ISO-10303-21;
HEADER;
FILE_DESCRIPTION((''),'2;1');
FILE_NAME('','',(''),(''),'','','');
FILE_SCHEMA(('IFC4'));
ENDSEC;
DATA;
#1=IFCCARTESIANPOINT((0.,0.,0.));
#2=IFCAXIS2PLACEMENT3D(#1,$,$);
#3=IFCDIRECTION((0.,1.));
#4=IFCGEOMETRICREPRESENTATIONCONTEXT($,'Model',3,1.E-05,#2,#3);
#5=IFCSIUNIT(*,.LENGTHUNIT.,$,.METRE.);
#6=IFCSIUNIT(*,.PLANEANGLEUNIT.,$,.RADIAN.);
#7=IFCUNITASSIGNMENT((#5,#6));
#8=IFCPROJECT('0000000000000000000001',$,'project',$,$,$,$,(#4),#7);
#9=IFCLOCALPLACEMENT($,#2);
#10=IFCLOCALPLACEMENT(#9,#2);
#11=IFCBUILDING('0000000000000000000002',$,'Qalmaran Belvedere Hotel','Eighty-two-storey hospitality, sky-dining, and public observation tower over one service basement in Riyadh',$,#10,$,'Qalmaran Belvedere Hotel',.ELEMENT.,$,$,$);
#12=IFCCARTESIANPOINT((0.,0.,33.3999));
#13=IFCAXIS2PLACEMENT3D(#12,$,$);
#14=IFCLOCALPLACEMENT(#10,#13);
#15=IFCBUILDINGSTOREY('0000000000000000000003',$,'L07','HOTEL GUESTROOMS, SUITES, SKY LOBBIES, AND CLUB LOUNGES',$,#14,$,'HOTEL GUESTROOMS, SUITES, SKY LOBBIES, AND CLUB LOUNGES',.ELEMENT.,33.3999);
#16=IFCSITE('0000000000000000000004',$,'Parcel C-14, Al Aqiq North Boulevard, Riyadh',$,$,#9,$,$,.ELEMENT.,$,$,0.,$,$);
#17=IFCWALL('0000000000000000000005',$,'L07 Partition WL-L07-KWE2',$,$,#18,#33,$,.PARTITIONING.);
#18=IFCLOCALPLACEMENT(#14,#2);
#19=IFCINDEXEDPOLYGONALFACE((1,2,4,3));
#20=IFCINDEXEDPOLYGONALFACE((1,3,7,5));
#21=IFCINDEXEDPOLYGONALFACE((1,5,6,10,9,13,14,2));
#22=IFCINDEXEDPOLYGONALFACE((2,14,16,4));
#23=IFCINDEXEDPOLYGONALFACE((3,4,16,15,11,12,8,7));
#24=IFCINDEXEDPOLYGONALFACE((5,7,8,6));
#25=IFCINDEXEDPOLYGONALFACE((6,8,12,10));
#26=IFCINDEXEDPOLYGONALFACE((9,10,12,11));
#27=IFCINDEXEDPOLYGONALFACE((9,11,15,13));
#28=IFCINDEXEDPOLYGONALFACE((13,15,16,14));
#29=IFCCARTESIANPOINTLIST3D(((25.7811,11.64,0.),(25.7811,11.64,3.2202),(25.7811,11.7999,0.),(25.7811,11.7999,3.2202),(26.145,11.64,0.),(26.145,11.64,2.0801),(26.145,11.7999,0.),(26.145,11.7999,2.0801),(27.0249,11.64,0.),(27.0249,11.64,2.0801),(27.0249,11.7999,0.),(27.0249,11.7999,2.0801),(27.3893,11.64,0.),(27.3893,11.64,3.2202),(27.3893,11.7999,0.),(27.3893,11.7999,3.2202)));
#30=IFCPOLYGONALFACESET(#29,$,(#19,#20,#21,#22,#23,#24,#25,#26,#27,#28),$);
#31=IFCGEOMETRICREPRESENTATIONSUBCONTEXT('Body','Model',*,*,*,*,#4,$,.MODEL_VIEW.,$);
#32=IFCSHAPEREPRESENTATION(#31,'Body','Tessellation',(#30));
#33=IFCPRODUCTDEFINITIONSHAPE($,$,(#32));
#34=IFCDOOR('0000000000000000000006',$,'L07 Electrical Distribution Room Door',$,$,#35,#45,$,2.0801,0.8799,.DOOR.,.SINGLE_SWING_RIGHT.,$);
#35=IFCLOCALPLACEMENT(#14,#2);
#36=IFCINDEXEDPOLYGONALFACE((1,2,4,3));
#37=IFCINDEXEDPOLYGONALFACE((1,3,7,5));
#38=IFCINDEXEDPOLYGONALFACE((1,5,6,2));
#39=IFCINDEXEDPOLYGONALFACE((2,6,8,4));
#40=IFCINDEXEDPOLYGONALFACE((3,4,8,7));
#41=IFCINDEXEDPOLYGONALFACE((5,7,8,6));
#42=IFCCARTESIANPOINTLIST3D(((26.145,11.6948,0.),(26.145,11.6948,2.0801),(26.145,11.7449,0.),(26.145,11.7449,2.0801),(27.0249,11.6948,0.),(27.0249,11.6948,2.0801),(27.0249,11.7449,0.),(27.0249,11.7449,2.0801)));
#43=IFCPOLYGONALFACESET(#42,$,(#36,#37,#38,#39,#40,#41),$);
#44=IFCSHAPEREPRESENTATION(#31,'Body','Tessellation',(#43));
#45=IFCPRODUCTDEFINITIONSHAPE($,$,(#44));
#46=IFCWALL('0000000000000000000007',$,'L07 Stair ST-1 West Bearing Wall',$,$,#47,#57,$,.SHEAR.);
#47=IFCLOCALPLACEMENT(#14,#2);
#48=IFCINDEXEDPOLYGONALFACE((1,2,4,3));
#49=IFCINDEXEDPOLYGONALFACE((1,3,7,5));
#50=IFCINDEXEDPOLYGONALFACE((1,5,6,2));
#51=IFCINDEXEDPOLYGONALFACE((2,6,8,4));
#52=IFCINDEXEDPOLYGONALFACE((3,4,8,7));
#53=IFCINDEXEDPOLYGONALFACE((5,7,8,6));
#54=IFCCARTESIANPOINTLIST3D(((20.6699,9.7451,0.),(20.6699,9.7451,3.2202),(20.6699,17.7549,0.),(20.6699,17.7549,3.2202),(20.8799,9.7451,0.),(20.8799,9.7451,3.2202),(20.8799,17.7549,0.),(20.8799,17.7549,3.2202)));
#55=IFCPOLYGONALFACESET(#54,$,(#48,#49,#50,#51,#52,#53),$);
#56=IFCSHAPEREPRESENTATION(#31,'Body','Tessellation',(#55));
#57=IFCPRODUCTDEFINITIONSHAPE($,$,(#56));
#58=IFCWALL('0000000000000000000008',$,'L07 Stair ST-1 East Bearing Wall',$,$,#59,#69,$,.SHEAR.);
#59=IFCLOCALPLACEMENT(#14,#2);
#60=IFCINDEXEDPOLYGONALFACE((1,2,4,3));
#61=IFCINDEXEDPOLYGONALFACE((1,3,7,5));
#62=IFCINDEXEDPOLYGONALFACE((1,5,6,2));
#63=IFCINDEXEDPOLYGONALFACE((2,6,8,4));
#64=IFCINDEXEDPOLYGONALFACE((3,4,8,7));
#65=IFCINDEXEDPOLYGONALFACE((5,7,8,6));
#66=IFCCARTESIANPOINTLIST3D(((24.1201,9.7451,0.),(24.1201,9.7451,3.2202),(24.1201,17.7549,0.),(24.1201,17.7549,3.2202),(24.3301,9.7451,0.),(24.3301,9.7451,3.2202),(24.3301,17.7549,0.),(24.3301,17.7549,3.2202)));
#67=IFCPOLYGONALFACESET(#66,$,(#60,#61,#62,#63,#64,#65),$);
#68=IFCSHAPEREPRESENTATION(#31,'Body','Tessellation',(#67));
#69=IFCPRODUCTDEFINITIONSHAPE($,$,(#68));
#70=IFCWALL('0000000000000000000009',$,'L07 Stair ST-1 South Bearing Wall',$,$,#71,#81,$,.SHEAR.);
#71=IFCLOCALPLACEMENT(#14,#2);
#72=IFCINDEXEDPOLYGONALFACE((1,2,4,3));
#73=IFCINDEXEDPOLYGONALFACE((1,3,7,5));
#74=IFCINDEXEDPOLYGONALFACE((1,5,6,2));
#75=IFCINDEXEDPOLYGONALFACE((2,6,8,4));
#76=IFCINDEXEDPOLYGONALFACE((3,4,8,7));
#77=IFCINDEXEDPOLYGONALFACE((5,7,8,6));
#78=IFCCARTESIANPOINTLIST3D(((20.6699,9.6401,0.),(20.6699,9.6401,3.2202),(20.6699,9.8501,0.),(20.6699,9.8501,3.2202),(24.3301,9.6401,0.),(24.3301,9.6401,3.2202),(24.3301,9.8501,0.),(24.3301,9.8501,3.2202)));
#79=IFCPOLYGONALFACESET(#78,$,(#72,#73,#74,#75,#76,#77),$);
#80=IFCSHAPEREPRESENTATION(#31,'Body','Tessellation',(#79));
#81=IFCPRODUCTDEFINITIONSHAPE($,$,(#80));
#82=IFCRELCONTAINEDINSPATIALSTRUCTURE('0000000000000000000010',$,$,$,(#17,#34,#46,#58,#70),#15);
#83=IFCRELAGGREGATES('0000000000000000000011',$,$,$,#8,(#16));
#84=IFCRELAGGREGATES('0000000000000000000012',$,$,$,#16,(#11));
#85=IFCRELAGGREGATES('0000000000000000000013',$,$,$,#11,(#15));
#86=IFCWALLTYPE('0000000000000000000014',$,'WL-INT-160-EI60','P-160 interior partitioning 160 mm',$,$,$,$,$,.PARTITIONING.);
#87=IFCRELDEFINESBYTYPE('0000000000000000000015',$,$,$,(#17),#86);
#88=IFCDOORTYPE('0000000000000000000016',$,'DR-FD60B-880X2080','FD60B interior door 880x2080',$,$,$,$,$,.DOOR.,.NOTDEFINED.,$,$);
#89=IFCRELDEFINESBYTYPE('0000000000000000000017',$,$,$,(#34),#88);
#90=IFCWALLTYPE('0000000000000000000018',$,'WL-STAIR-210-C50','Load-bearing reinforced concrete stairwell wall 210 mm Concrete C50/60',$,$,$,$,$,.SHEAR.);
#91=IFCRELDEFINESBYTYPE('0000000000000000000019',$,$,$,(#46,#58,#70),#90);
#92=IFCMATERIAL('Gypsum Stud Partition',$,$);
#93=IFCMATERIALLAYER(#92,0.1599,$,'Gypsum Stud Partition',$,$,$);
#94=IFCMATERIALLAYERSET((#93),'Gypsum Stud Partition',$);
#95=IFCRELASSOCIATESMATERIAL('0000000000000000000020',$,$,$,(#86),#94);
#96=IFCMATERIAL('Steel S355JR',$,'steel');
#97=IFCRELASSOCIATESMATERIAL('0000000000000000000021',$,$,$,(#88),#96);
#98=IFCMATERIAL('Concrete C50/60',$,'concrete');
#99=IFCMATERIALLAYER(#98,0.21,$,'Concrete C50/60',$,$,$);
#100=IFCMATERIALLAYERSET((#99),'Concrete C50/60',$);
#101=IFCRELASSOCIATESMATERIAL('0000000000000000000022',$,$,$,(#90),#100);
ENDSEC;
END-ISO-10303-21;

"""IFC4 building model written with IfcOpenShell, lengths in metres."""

from ifc_helpers import new_model, si_unit, direction, frame, frame_2d, origin, place, context, subcontext, project, spatial, rectangle, extrude, material, layer, layer_set, type_object, element, fill, save


model = new_model("IFC4")

# Units and contexts
model_context = context("Model", 3, precision=1e-05, world=origin(), true_north=direction((0.0, 1.0)))
body_context = subcontext(model_context, "Body", "Model", "MODEL_VIEW")
ifc_project = project(units=[si_unit("LENGTHUNIT", "METRE"), si_unit("PLANEANGLEUNIT", "RADIAN")], contexts=[model_context])

# Site, building, storey
site_placement = place(None, origin())
site = spatial("IfcSite", under=ifc_project, at=site_placement, Name="Parcel C-14, Al Aqiq North Boulevard, Riyadh", CompositionType="ELEMENT", RefElevation=0.0)
building_placement = place(site_placement, origin())
building = spatial("IfcBuilding", under=site, at=building_placement, Name="Qalmaran Belvedere Hotel", Description="Eighty-two-storey hospitality, sky-dining, and public observation tower over one service basement in Riyadh", LongName="Qalmaran Belvedere Hotel", CompositionType="ELEMENT")
storey_placement = place(building_placement, frame((0.0, 0.0, 33.3999)))
storey = spatial("IfcBuildingStorey", under=building, at=storey_placement, Name="L07", Description="HOTEL GUESTROOMS, SUITES, SKY LOBBIES, AND CLUB LOUNGES", LongName="HOTEL GUESTROOMS, SUITES, SKY LOBBIES, AND CLUB LOUNGES", CompositionType="ELEMENT", Elevation=33.3999)

# Shared definitions
ifc_material_1 = material(Name="Steel S355JR", Category="steel")

# Shared definitions
ifc_material_2 = material(Name="Concrete C50/60", Category="concrete")
ifc_material_3 = material(Name="Gypsum Stud Partition")

# Wall, opening, door
ifc_layer_1 = layer(ifc_material_3, 0.1599, Name="Gypsum Stud Partition")
ifc_layer_set_1 = layer_set([ifc_layer_1], Name="Gypsum Stud Partition")
wall_type_1 = type_object("IfcWallType", Name="WL-INT-160-EI60", Description="P-160 interior partitioning 160 mm", PredefinedType="PARTITIONING", material=ifc_layer_set_1)
door_type_1 = type_object("IfcDoorType", Name="DR-FD60B-880X2080", Description="FD60B interior door 880x2080", OperationType="NOTDEFINED", PredefinedType="DOOR", material=ifc_material_1)
wall_1_placement = place(storey_placement, frame((25.781, 11.72, 0.0), z_axis=(0.0, 0.0, 1.0), x_axis=(1.0, 0.0, 0.0)))
wall_1 = element("IfcWall", 1, at=wall_1_placement, inside=storey, type_object=wall_type_1, Name="L07 Partition WL-L07-KWE2", PredefinedType="PARTITIONING", context=body_context, shape_type="SweptSolid", body=[
    extrude(rectangle(XDim=1.6082, YDim=0.1599, at=frame_2d((0.8042, 0.0))), origin(), (0.0, 0.0, 1.0), 3.2202),
])
opening_1_placement = place(wall_1_placement, frame((0.364, 0.0, 0.0)))
opening_1 = element("IfcOpeningElement", 2, at=opening_1_placement, cuts=wall_1, PredefinedType="OPENING", context=body_context, shape_type="SweptSolid", body=[
    extrude(rectangle(XDim=0.8799, YDim=2.0801, at=frame_2d((0.4399, 1.04))), frame((0.0, 0.0898, 0.0), z_axis=(0.0, -1.0, 0.0), x_axis=(1.0, 0.0, 0.0)), (0.0, 0.0, 1.0), 0.1799),
])
door_1_placement = place(opening_1_placement, origin())
door_1 = element("IfcDoor", 3, at=door_1_placement, inside=storey, type_object=door_type_1, Name="L07 Electrical Distribution Room Door", OperationType="SINGLE_SWING_RIGHT", OverallHeight=2.0801, OverallWidth=0.8799, PredefinedType="DOOR", context=body_context, shape_type="SweptSolid", body=[
    extrude(rectangle(XDim=0.8799, YDim=2.0801, at=frame_2d((0.4399, 1.04))), frame((0.0, 0.0249, 0.0), z_axis=(0.0, -1.0, 0.0), x_axis=(1.0, 0.0, 0.0)), (0.0, 0.0, 1.0), 0.05),
])
fill(opening_1, door_1)

# Walls
ifc_layer_2 = layer(ifc_material_2, 0.21, Name="Concrete C50/60")
ifc_layer_set_2 = layer_set([ifc_layer_2], Name="Concrete C50/60")
wall_type_2 = type_object("IfcWallType", Name="WL-STAIR-210-C50", Description="Load-bearing reinforced concrete stairwell wall 210 mm Concrete C50/60", PredefinedType="SHEAR", material=ifc_layer_set_2)
for number, where, z_axis, x_axis, name in (
    (4, (20.7749, 9.7451, 0.0), (0.0, 0.0, 1.0), (0.0, 1.0, 0.0), "L07 Stair ST-1 West Bearing Wall"),
    (5, (24.2251, 9.7451, 0.0), (0.0, 0.0, 1.0), (0.0, 1.0, 0.0), "L07 Stair ST-1 East Bearing Wall"),
):
    element("IfcWall", number, at=place(storey_placement, frame(where, z_axis=z_axis, x_axis=x_axis)), inside=storey, type_object=wall_type_2, Name=name, PredefinedType="SHEAR", context=body_context, shape_type="SweptSolid", body=[
        extrude(rectangle(XDim=8.0098, YDim=0.21, at=frame_2d((4.0049, 0.0))), origin(), (0.0, 0.0, 1.0), 3.2202),
    ])
wall_2_placement = place(storey_placement, frame((20.6699, 9.7451, 0.0), z_axis=(0.0, 0.0, 1.0), x_axis=(1.0, 0.0, 0.0)))
element("IfcWall", 6, at=wall_2_placement, inside=storey, type_object=wall_type_2, Name="L07 Stair ST-1 South Bearing Wall", PredefinedType="SHEAR", context=body_context, shape_type="SweptSolid", body=[
    extrude(rectangle(XDim=3.6602, YDim=0.21, at=frame_2d((1.8301, 0.0))), origin(), (0.0, 0.0, 1.0), 3.2202),
])

save(model, "model.ifc")
